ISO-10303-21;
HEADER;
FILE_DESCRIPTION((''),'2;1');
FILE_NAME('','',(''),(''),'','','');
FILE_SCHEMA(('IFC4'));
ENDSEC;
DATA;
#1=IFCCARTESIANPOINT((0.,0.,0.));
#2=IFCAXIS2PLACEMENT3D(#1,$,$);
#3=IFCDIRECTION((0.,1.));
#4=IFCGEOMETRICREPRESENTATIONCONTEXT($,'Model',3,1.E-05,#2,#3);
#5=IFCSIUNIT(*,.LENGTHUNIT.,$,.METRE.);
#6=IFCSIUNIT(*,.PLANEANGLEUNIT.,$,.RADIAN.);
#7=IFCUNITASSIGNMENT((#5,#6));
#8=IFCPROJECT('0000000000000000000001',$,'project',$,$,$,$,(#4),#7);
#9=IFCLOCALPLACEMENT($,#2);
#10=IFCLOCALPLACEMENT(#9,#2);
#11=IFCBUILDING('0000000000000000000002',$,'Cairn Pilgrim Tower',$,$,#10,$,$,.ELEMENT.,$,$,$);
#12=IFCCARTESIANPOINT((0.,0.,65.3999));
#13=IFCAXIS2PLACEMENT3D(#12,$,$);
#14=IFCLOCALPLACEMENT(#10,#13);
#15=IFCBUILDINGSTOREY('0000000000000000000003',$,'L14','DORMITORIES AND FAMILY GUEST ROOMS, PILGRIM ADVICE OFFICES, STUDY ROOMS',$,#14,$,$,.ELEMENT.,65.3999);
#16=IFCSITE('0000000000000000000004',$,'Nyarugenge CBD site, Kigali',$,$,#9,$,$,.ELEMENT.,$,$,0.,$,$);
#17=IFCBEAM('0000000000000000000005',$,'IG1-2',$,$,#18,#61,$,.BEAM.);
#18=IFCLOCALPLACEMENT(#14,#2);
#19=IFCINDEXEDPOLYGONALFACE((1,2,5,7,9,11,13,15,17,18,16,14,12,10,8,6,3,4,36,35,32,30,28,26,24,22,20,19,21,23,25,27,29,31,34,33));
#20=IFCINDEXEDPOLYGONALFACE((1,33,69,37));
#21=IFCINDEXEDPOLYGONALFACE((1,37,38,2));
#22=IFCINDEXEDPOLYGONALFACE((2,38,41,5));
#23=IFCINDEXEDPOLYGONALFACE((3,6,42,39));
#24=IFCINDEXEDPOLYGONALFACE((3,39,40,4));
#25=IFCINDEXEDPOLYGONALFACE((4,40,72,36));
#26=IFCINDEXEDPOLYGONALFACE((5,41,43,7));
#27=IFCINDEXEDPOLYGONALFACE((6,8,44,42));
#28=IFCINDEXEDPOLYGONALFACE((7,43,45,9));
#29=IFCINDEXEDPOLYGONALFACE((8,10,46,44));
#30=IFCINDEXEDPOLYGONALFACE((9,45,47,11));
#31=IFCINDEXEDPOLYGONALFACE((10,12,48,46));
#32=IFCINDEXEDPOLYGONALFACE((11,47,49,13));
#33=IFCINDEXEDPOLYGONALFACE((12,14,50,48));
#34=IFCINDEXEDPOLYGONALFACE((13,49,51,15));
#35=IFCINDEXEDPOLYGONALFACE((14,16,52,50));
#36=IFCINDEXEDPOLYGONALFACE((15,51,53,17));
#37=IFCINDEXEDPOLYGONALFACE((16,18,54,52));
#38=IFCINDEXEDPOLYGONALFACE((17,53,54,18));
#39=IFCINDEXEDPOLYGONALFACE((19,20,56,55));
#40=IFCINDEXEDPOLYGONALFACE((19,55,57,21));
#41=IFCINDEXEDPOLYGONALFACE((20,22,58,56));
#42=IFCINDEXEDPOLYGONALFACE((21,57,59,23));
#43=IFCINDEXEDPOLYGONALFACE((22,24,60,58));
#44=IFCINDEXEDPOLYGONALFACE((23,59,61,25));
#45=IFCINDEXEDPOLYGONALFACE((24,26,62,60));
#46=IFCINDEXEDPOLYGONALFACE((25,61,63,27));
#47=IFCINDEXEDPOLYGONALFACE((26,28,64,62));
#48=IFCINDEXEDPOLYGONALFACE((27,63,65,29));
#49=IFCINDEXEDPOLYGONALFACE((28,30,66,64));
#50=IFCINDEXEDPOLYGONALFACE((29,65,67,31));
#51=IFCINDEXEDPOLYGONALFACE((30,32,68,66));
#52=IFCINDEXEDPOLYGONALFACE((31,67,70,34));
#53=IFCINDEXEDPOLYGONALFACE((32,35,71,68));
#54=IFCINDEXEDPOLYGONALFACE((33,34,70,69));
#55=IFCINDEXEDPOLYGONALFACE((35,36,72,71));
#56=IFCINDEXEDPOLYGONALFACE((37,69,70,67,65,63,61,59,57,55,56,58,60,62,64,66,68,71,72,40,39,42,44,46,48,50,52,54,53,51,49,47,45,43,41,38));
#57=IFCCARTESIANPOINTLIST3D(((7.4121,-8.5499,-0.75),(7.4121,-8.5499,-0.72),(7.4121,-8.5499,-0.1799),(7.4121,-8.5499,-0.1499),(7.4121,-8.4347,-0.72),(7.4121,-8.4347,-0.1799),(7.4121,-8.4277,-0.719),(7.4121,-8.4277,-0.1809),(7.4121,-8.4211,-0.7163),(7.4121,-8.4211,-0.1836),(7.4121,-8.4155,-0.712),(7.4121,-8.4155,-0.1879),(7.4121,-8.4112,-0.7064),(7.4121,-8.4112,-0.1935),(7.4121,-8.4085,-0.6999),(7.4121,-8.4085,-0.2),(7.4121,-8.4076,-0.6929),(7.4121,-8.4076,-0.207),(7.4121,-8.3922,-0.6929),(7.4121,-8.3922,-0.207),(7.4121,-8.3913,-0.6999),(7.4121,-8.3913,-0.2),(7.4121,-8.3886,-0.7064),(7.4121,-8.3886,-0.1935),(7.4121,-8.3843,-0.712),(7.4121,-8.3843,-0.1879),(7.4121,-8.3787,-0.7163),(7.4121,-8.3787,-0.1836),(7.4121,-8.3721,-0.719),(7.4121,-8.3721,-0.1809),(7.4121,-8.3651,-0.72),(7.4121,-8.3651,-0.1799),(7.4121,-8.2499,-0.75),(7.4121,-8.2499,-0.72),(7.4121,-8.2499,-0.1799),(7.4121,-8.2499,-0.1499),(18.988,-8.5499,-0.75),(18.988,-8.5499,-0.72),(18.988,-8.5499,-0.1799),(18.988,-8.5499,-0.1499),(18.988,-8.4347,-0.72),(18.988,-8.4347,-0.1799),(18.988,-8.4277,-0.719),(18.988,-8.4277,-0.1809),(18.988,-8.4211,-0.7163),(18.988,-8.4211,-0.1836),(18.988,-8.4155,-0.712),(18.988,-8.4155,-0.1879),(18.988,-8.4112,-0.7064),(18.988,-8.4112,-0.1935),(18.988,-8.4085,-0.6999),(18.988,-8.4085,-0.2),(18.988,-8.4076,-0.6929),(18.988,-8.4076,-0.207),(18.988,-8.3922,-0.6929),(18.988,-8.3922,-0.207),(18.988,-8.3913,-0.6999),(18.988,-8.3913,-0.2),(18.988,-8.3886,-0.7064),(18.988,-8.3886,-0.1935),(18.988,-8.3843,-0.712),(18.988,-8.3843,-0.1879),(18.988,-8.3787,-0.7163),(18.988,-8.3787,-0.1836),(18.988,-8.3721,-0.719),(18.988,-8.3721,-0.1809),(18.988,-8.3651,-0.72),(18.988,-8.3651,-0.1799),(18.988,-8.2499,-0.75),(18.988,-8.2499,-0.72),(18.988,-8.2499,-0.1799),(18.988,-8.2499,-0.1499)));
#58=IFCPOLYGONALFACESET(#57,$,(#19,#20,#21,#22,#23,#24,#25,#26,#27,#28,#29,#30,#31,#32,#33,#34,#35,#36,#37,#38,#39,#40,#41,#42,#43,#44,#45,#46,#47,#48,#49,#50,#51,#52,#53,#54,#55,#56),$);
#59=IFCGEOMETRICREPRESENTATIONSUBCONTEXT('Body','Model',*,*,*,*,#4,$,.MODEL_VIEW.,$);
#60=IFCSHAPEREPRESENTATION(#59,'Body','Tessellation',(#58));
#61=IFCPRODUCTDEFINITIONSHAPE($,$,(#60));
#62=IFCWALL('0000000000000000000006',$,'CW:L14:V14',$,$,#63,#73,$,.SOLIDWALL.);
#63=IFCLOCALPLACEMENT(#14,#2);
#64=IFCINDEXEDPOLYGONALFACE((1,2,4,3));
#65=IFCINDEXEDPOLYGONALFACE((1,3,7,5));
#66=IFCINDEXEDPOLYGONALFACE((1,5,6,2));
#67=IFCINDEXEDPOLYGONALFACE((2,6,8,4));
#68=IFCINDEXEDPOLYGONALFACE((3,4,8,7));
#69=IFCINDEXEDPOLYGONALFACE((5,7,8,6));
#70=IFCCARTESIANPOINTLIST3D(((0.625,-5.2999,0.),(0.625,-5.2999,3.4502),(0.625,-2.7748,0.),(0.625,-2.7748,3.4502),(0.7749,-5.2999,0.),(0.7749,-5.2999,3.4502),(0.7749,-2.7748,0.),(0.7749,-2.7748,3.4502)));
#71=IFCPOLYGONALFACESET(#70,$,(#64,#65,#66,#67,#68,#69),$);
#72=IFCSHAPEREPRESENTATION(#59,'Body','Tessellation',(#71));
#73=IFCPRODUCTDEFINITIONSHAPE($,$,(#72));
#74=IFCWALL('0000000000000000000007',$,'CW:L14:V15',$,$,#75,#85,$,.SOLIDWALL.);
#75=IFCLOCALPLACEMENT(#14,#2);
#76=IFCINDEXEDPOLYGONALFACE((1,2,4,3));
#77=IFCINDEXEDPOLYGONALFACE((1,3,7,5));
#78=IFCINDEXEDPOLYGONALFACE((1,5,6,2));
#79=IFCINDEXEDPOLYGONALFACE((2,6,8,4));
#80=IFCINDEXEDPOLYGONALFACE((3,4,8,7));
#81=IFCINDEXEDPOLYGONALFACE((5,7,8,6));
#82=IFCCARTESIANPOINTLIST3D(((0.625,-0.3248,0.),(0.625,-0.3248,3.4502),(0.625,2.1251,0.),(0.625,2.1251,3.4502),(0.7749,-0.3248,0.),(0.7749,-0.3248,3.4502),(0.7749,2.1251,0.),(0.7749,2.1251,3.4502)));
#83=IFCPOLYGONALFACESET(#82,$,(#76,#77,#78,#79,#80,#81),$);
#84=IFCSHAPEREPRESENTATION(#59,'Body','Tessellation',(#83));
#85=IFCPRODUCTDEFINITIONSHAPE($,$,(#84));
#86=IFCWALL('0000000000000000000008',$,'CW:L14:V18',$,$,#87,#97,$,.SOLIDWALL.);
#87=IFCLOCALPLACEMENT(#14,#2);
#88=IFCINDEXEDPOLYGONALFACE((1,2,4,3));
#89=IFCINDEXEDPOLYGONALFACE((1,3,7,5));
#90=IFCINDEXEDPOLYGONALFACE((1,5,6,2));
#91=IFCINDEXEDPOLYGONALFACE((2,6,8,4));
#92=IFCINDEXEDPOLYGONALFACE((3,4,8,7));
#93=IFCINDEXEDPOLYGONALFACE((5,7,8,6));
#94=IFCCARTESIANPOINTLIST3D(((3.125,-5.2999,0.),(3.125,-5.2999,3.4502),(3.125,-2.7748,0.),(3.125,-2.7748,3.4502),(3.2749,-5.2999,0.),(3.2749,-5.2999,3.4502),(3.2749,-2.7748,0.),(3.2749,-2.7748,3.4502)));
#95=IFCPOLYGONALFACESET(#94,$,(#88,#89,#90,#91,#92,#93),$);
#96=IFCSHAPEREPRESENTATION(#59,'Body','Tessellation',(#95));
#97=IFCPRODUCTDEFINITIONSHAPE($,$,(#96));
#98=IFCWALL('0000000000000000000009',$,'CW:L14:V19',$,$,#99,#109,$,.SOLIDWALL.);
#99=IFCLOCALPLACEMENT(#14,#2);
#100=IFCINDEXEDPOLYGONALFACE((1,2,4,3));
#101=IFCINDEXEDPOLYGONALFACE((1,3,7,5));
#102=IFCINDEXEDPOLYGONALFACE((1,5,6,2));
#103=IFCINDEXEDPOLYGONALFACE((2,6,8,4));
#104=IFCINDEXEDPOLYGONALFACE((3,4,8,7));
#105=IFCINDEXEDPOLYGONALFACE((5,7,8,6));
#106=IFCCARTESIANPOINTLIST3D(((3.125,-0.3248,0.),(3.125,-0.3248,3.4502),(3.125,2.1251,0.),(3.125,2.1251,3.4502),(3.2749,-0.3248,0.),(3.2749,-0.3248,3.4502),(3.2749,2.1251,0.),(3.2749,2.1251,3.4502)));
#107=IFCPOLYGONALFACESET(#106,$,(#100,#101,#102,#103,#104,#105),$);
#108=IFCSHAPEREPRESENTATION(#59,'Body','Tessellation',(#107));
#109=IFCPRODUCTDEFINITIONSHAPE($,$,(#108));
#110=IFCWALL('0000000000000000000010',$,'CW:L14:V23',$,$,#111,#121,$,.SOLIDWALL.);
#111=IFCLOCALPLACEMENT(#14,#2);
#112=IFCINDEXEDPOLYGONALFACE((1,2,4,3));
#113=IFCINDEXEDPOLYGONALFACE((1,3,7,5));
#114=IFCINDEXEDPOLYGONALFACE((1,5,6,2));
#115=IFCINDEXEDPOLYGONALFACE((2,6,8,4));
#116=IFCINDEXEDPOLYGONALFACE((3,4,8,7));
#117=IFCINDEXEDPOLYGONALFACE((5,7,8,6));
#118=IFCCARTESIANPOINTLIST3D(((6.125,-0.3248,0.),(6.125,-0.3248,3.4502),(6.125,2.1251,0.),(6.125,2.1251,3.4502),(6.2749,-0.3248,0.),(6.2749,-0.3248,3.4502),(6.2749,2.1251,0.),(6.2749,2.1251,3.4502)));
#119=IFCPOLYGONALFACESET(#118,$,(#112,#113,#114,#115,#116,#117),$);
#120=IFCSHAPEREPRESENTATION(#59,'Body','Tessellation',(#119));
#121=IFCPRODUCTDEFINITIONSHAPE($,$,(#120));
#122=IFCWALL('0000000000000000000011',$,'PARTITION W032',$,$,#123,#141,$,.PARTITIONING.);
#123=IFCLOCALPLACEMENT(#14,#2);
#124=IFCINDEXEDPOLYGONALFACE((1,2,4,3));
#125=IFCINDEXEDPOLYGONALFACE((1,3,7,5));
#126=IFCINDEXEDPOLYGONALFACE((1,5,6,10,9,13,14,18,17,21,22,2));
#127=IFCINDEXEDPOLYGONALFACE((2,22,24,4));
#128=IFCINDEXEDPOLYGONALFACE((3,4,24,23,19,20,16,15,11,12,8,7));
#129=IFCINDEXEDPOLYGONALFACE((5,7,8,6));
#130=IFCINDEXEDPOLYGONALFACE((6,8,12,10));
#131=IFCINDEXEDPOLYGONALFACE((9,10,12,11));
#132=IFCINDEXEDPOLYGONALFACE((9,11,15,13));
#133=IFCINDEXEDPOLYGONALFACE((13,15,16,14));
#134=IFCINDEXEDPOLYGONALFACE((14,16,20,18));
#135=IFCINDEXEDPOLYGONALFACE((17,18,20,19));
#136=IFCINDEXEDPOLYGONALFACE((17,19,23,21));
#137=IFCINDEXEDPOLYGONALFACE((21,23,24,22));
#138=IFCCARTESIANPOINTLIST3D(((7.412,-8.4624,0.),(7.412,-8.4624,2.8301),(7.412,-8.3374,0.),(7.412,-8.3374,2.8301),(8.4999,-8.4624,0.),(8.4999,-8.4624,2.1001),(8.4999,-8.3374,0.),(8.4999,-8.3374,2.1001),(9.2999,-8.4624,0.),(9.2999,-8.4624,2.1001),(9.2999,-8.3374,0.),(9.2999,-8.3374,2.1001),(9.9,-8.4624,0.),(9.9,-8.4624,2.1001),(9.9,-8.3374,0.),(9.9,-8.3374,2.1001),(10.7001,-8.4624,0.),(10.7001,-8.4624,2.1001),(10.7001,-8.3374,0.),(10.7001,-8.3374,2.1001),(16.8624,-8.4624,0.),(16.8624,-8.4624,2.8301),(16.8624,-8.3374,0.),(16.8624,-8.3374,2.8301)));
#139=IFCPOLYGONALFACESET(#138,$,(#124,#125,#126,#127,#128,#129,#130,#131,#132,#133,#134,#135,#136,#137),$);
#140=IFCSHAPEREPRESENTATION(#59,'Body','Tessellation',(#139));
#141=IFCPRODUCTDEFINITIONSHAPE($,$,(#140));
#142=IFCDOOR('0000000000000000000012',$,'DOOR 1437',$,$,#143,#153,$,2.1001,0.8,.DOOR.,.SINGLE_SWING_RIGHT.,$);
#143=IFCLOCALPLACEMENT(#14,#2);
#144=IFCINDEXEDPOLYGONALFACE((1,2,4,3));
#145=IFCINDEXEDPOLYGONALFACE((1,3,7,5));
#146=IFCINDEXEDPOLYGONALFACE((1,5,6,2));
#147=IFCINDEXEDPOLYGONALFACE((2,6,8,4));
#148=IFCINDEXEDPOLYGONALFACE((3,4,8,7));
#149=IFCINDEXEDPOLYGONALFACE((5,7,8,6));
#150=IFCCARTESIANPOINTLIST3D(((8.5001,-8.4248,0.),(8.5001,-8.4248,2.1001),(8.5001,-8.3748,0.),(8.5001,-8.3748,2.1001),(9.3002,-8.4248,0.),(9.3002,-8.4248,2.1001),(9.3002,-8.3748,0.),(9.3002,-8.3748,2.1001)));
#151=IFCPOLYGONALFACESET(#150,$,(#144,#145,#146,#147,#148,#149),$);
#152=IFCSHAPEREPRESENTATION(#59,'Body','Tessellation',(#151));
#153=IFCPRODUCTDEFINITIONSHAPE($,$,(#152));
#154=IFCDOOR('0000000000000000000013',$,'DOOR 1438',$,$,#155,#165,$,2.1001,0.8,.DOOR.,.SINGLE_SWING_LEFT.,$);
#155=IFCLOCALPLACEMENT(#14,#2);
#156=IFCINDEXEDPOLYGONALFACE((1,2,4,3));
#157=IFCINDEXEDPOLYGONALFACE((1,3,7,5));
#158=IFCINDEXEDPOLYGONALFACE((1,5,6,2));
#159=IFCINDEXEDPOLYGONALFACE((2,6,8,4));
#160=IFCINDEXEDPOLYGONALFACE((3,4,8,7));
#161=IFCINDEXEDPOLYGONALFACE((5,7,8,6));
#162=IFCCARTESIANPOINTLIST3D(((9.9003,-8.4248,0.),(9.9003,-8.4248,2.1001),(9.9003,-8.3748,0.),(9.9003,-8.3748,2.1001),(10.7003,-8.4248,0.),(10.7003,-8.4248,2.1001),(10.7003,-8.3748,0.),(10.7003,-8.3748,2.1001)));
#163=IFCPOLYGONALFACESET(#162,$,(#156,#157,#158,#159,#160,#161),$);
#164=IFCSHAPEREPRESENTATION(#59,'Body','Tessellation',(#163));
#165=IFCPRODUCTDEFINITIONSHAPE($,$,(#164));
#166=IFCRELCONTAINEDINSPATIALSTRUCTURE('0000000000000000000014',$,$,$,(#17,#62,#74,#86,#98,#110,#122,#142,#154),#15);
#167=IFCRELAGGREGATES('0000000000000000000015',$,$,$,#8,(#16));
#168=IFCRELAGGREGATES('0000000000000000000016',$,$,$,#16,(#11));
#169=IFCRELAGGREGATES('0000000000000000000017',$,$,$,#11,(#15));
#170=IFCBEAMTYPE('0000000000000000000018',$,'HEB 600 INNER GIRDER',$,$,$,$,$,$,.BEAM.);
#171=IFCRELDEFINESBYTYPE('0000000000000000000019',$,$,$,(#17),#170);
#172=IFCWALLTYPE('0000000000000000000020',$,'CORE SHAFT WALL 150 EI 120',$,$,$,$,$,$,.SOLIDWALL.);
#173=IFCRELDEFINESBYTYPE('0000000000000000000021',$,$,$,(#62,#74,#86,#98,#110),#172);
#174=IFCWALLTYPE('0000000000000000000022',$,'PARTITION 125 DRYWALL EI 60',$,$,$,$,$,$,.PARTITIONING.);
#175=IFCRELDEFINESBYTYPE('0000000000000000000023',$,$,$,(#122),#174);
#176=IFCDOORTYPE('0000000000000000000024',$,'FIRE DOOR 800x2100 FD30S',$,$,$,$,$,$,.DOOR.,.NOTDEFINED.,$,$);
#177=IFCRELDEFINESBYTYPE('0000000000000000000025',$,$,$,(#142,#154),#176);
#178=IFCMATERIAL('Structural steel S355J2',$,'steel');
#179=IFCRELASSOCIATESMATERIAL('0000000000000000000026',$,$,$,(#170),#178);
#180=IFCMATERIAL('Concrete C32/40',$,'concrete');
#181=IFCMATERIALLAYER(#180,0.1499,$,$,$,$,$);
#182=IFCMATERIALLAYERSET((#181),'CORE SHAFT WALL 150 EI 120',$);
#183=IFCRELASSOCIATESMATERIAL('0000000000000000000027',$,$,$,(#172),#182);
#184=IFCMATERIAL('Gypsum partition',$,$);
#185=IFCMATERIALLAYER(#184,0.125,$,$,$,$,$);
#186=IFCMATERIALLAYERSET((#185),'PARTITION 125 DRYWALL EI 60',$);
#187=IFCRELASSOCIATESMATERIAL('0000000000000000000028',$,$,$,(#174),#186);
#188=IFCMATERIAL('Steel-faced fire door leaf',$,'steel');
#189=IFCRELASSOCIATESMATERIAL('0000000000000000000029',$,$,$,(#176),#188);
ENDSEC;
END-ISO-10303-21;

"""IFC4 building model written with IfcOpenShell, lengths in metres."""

from ifc_helpers import new_model, si_unit, direction, frame, frame_2d, origin, origin_2d, place, context, subcontext, project, spatial, rectangle, i_section, extrude, material, layer, layer_set, material_profile, profile_set, type_object, element, fill, save


model = new_model("IFC4")

# Units and contexts
model_context = context("Model", 3, precision=1e-05, world=origin(), true_north=direction((0.0, 1.0)))
body_context = subcontext(model_context, "Body", "Model", "MODEL_VIEW")
ifc_project = project(units=[si_unit("LENGTHUNIT", "METRE"), si_unit("PLANEANGLEUNIT", "RADIAN")], contexts=[model_context])

# Site, building, storey
site_placement = place(None, origin())
site = spatial("IfcSite", under=ifc_project, at=site_placement, Name="Nyarugenge CBD site, Kigali", CompositionType="ELEMENT", RefElevation=0.0)
building_placement = place(site_placement, origin())
building = spatial("IfcBuilding", under=site, at=building_placement, Name="Cairn Pilgrim Tower", CompositionType="ELEMENT")
storey_placement = place(building_placement, frame((0.0, 0.0, 65.3999)))
storey = spatial("IfcBuildingStorey", under=building, at=storey_placement, Name="L14", Description="DORMITORIES AND FAMILY GUEST ROOMS, PILGRIM ADVICE OFFICES, STUDY ROOMS", CompositionType="ELEMENT", Elevation=65.3999)

# Beam
ifc_material_1 = material(Name="Structural steel S355J2", Category="steel")
ifc_material_profile_1 = material_profile(ifc_material_1, i_section(OverallWidth=0.3, OverallDepth=0.6001, WebThickness=0.0154, FlangeThickness=0.03, FilletRadius=0.0271, at=origin_2d()), Name="HEB 600")
ifc_profile_set_1 = profile_set([ifc_material_profile_1], Name="Structural steel S355J2")
beam_type_1 = type_object("IfcBeamType", Name="HEB 600 INNER GIRDER", PredefinedType="BEAM", material=ifc_profile_set_1)
beam_1_placement = place(storey_placement, frame((7.4121, -8.3999, -0.45), z_axis=(1.0, 0.0, 0.0), x_axis=(0.0, 1.0, 0.0)))
element("IfcBeam", 1, at=beam_1_placement, inside=storey, type_object=beam_type_1, Name="IG1-2", PredefinedType="BEAM", context=body_context, shape_type="SweptSolid", body=[
    extrude(i_section(OverallWidth=0.3, OverallDepth=0.6001, WebThickness=0.0154, FlangeThickness=0.03, FilletRadius=0.0271, at=origin_2d()), origin(), (0.0, 0.0, 1.0), 11.5759),
])

# Walls
ifc_material_2 = material(Name="Concrete C32/40", Category="concrete")
ifc_layer_1 = layer(ifc_material_2, 0.1499)
ifc_layer_set_1 = layer_set([ifc_layer_1], Name="CORE SHAFT WALL 150 EI 120")
wall_type_1 = type_object("IfcWallType", Name="CORE SHAFT WALL 150 EI 120", PredefinedType="SOLIDWALL", material=ifc_layer_set_1)
wall_1_placement = place(storey_placement, frame((0.7, -5.3, 0.0), z_axis=(0.0, 0.0, 1.0), x_axis=(0.0, 1.0, 0.0)))
element("IfcWall", 2, at=wall_1_placement, inside=storey, type_object=wall_type_1, Name="CW:L14:V14", PredefinedType="SOLIDWALL", context=body_context, shape_type="SweptSolid", body=[
    extrude(rectangle(XDim=2.5251, YDim=0.1499, at=frame_2d((1.2627, 0.0))), origin(), (0.0, 0.0, 1.0), 3.4502),
])
wall_2_placement = place(storey_placement, frame((0.7, -0.325, 0.0), z_axis=(0.0, 0.0, 1.0), x_axis=(0.0, 1.0, 0.0)))
element("IfcWall", 3, at=wall_2_placement, inside=storey, type_object=wall_type_1, Name="CW:L14:V15", PredefinedType="SOLIDWALL", context=body_context, shape_type="SweptSolid", body=[
    extrude(rectangle(XDim=2.45, YDim=0.1499, at=frame_2d((1.2251, 0.0))), origin(), (0.0, 0.0, 1.0), 3.4502),
])
wall_3_placement = place(storey_placement, frame((3.2, -5.3, 0.0), z_axis=(0.0, 0.0, 1.0), x_axis=(0.0, 1.0, 0.0)))
element("IfcWall", 4, at=wall_3_placement, inside=storey, type_object=wall_type_1, Name="CW:L14:V18", PredefinedType="SOLIDWALL", context=body_context, shape_type="SweptSolid", body=[
    extrude(rectangle(XDim=2.5251, YDim=0.1499, at=frame_2d((1.2627, 0.0))), origin(), (0.0, 0.0, 1.0), 3.4502),
])
for number, where, z_axis, x_axis, name in (
    (5, (3.2, -0.325, 0.0), (0.0, 0.0, 1.0), (0.0, 1.0, 0.0), "CW:L14:V19"),
    (6, (6.2, -0.325, 0.0), (0.0, 0.0, 1.0), (0.0, 1.0, 0.0), "CW:L14:V23"),
):
    element("IfcWall", number, at=place(storey_placement, frame(where, z_axis=z_axis, x_axis=x_axis)), inside=storey, type_object=wall_type_1, Name=name, PredefinedType="SOLIDWALL", context=body_context, shape_type="SweptSolid", body=[
        extrude(rectangle(XDim=2.45, YDim=0.1499, at=frame_2d((1.2251, 0.0))), origin(), (0.0, 0.0, 1.0), 3.4502),
    ])

# Wall, openings, doors
ifc_material_3 = material(Name="Gypsum partition")
ifc_layer_2 = layer(ifc_material_3, 0.125)
ifc_layer_set_2 = layer_set([ifc_layer_2], Name="PARTITION 125 DRYWALL EI 60")
wall_type_2 = type_object("IfcWallType", Name="PARTITION 125 DRYWALL EI 60", PredefinedType="PARTITIONING", material=ifc_layer_set_2)
wall_4_placement = place(storey_placement, frame((7.4121, -8.3999, 0.0), z_axis=(0.0, 0.0, 1.0), x_axis=(1.0, 0.0, 0.0)))
wall_4 = element("IfcWall", 7, at=wall_4_placement, inside=storey, type_object=wall_type_2, Name="PARTITION W032", PredefinedType="PARTITIONING", context=body_context, shape_type="SweptSolid", body=[
    extrude(rectangle(XDim=9.4504, YDim=0.125, at=frame_2d((4.7251, 0.0))), origin(), (0.0, 0.0, 1.0), 2.8301),
])
opening_1_placement = place(wall_4_placement, frame((1.0879, 0.0, 0.0)))
opening_1 = element("IfcOpeningElement", 8, at=opening_1_placement, cuts=wall_4, PredefinedType="OPENING", context=body_context, shape_type="SweptSolid", body=[
    extrude(rectangle(XDim=0.8, YDim=2.1001, at=frame_2d((0.3999, 1.05))), frame((0.0, 0.0725, 0.0), z_axis=(0.0, -1.0, 0.0), x_axis=(1.0, 0.0, 0.0)), (0.0, 0.0, 1.0), 0.145),
])
opening_2_placement = place(wall_4_placement, frame((2.488, 0.0, 0.0)))
opening_2 = element("IfcOpeningElement", 9, at=opening_2_placement, cuts=wall_4, PredefinedType="OPENING", context=body_context, shape_type="SweptSolid", body=[
    extrude(rectangle(XDim=0.8, YDim=2.1001, at=frame_2d((0.3999, 1.05))), frame((0.0, 0.0725, 0.0), z_axis=(0.0, -1.0, 0.0), x_axis=(1.0, 0.0, 0.0)), (0.0, 0.0, 1.0), 0.145),
])
ifc_material_4 = material(Name="Steel-faced fire door leaf", Category="steel")
door_type_1 = type_object("IfcDoorType", Name="FIRE DOOR 800x2100 FD30S", OperationType="NOTDEFINED", PredefinedType="DOOR", material=ifc_material_4)
door_1_placement = place(opening_1_placement, frame((0.8, 0.0, 0.0), z_axis=(0.0, 0.0, 1.0), x_axis=(-1.0, 0.0, 0.0)))
door_1 = element("IfcDoor", 10, at=door_1_placement, inside=storey, type_object=door_type_1, Name="DOOR 1437", OperationType="SINGLE_SWING_RIGHT", OverallHeight=2.1001, OverallWidth=0.8, PredefinedType="DOOR", context=body_context, shape_type="SweptSolid", body=[
    extrude(rectangle(XDim=0.8, YDim=2.1001, at=frame_2d((0.3999, 1.05))), frame((0.0, 0.0249, 0.0), z_axis=(0.0, -1.0, 0.0), x_axis=(1.0, 0.0, 0.0)), (0.0, 0.0, 1.0), 0.05),
])
fill(opening_1, door_1)
door_2_placement = place(opening_2_placement, frame((0.8, 0.0, 0.0), z_axis=(0.0, 0.0, 1.0), x_axis=(-1.0, 0.0, 0.0)))
door_2 = element("IfcDoor", 11, at=door_2_placement, inside=storey, type_object=door_type_1, Name="DOOR 1438", OperationType="SINGLE_SWING_LEFT", OverallHeight=2.1001, OverallWidth=0.8, PredefinedType="DOOR", context=body_context, shape_type="SweptSolid", body=[
    extrude(rectangle(XDim=0.8, YDim=2.1001, at=frame_2d((0.3999, 1.05))), frame((0.0, 0.0249, 0.0), z_axis=(0.0, -1.0, 0.0), x_axis=(1.0, 0.0, 0.0)), (0.0, 0.0, 1.0), 0.05),
])
fill(opening_2, door_2)

save(model, "model.ifc")
